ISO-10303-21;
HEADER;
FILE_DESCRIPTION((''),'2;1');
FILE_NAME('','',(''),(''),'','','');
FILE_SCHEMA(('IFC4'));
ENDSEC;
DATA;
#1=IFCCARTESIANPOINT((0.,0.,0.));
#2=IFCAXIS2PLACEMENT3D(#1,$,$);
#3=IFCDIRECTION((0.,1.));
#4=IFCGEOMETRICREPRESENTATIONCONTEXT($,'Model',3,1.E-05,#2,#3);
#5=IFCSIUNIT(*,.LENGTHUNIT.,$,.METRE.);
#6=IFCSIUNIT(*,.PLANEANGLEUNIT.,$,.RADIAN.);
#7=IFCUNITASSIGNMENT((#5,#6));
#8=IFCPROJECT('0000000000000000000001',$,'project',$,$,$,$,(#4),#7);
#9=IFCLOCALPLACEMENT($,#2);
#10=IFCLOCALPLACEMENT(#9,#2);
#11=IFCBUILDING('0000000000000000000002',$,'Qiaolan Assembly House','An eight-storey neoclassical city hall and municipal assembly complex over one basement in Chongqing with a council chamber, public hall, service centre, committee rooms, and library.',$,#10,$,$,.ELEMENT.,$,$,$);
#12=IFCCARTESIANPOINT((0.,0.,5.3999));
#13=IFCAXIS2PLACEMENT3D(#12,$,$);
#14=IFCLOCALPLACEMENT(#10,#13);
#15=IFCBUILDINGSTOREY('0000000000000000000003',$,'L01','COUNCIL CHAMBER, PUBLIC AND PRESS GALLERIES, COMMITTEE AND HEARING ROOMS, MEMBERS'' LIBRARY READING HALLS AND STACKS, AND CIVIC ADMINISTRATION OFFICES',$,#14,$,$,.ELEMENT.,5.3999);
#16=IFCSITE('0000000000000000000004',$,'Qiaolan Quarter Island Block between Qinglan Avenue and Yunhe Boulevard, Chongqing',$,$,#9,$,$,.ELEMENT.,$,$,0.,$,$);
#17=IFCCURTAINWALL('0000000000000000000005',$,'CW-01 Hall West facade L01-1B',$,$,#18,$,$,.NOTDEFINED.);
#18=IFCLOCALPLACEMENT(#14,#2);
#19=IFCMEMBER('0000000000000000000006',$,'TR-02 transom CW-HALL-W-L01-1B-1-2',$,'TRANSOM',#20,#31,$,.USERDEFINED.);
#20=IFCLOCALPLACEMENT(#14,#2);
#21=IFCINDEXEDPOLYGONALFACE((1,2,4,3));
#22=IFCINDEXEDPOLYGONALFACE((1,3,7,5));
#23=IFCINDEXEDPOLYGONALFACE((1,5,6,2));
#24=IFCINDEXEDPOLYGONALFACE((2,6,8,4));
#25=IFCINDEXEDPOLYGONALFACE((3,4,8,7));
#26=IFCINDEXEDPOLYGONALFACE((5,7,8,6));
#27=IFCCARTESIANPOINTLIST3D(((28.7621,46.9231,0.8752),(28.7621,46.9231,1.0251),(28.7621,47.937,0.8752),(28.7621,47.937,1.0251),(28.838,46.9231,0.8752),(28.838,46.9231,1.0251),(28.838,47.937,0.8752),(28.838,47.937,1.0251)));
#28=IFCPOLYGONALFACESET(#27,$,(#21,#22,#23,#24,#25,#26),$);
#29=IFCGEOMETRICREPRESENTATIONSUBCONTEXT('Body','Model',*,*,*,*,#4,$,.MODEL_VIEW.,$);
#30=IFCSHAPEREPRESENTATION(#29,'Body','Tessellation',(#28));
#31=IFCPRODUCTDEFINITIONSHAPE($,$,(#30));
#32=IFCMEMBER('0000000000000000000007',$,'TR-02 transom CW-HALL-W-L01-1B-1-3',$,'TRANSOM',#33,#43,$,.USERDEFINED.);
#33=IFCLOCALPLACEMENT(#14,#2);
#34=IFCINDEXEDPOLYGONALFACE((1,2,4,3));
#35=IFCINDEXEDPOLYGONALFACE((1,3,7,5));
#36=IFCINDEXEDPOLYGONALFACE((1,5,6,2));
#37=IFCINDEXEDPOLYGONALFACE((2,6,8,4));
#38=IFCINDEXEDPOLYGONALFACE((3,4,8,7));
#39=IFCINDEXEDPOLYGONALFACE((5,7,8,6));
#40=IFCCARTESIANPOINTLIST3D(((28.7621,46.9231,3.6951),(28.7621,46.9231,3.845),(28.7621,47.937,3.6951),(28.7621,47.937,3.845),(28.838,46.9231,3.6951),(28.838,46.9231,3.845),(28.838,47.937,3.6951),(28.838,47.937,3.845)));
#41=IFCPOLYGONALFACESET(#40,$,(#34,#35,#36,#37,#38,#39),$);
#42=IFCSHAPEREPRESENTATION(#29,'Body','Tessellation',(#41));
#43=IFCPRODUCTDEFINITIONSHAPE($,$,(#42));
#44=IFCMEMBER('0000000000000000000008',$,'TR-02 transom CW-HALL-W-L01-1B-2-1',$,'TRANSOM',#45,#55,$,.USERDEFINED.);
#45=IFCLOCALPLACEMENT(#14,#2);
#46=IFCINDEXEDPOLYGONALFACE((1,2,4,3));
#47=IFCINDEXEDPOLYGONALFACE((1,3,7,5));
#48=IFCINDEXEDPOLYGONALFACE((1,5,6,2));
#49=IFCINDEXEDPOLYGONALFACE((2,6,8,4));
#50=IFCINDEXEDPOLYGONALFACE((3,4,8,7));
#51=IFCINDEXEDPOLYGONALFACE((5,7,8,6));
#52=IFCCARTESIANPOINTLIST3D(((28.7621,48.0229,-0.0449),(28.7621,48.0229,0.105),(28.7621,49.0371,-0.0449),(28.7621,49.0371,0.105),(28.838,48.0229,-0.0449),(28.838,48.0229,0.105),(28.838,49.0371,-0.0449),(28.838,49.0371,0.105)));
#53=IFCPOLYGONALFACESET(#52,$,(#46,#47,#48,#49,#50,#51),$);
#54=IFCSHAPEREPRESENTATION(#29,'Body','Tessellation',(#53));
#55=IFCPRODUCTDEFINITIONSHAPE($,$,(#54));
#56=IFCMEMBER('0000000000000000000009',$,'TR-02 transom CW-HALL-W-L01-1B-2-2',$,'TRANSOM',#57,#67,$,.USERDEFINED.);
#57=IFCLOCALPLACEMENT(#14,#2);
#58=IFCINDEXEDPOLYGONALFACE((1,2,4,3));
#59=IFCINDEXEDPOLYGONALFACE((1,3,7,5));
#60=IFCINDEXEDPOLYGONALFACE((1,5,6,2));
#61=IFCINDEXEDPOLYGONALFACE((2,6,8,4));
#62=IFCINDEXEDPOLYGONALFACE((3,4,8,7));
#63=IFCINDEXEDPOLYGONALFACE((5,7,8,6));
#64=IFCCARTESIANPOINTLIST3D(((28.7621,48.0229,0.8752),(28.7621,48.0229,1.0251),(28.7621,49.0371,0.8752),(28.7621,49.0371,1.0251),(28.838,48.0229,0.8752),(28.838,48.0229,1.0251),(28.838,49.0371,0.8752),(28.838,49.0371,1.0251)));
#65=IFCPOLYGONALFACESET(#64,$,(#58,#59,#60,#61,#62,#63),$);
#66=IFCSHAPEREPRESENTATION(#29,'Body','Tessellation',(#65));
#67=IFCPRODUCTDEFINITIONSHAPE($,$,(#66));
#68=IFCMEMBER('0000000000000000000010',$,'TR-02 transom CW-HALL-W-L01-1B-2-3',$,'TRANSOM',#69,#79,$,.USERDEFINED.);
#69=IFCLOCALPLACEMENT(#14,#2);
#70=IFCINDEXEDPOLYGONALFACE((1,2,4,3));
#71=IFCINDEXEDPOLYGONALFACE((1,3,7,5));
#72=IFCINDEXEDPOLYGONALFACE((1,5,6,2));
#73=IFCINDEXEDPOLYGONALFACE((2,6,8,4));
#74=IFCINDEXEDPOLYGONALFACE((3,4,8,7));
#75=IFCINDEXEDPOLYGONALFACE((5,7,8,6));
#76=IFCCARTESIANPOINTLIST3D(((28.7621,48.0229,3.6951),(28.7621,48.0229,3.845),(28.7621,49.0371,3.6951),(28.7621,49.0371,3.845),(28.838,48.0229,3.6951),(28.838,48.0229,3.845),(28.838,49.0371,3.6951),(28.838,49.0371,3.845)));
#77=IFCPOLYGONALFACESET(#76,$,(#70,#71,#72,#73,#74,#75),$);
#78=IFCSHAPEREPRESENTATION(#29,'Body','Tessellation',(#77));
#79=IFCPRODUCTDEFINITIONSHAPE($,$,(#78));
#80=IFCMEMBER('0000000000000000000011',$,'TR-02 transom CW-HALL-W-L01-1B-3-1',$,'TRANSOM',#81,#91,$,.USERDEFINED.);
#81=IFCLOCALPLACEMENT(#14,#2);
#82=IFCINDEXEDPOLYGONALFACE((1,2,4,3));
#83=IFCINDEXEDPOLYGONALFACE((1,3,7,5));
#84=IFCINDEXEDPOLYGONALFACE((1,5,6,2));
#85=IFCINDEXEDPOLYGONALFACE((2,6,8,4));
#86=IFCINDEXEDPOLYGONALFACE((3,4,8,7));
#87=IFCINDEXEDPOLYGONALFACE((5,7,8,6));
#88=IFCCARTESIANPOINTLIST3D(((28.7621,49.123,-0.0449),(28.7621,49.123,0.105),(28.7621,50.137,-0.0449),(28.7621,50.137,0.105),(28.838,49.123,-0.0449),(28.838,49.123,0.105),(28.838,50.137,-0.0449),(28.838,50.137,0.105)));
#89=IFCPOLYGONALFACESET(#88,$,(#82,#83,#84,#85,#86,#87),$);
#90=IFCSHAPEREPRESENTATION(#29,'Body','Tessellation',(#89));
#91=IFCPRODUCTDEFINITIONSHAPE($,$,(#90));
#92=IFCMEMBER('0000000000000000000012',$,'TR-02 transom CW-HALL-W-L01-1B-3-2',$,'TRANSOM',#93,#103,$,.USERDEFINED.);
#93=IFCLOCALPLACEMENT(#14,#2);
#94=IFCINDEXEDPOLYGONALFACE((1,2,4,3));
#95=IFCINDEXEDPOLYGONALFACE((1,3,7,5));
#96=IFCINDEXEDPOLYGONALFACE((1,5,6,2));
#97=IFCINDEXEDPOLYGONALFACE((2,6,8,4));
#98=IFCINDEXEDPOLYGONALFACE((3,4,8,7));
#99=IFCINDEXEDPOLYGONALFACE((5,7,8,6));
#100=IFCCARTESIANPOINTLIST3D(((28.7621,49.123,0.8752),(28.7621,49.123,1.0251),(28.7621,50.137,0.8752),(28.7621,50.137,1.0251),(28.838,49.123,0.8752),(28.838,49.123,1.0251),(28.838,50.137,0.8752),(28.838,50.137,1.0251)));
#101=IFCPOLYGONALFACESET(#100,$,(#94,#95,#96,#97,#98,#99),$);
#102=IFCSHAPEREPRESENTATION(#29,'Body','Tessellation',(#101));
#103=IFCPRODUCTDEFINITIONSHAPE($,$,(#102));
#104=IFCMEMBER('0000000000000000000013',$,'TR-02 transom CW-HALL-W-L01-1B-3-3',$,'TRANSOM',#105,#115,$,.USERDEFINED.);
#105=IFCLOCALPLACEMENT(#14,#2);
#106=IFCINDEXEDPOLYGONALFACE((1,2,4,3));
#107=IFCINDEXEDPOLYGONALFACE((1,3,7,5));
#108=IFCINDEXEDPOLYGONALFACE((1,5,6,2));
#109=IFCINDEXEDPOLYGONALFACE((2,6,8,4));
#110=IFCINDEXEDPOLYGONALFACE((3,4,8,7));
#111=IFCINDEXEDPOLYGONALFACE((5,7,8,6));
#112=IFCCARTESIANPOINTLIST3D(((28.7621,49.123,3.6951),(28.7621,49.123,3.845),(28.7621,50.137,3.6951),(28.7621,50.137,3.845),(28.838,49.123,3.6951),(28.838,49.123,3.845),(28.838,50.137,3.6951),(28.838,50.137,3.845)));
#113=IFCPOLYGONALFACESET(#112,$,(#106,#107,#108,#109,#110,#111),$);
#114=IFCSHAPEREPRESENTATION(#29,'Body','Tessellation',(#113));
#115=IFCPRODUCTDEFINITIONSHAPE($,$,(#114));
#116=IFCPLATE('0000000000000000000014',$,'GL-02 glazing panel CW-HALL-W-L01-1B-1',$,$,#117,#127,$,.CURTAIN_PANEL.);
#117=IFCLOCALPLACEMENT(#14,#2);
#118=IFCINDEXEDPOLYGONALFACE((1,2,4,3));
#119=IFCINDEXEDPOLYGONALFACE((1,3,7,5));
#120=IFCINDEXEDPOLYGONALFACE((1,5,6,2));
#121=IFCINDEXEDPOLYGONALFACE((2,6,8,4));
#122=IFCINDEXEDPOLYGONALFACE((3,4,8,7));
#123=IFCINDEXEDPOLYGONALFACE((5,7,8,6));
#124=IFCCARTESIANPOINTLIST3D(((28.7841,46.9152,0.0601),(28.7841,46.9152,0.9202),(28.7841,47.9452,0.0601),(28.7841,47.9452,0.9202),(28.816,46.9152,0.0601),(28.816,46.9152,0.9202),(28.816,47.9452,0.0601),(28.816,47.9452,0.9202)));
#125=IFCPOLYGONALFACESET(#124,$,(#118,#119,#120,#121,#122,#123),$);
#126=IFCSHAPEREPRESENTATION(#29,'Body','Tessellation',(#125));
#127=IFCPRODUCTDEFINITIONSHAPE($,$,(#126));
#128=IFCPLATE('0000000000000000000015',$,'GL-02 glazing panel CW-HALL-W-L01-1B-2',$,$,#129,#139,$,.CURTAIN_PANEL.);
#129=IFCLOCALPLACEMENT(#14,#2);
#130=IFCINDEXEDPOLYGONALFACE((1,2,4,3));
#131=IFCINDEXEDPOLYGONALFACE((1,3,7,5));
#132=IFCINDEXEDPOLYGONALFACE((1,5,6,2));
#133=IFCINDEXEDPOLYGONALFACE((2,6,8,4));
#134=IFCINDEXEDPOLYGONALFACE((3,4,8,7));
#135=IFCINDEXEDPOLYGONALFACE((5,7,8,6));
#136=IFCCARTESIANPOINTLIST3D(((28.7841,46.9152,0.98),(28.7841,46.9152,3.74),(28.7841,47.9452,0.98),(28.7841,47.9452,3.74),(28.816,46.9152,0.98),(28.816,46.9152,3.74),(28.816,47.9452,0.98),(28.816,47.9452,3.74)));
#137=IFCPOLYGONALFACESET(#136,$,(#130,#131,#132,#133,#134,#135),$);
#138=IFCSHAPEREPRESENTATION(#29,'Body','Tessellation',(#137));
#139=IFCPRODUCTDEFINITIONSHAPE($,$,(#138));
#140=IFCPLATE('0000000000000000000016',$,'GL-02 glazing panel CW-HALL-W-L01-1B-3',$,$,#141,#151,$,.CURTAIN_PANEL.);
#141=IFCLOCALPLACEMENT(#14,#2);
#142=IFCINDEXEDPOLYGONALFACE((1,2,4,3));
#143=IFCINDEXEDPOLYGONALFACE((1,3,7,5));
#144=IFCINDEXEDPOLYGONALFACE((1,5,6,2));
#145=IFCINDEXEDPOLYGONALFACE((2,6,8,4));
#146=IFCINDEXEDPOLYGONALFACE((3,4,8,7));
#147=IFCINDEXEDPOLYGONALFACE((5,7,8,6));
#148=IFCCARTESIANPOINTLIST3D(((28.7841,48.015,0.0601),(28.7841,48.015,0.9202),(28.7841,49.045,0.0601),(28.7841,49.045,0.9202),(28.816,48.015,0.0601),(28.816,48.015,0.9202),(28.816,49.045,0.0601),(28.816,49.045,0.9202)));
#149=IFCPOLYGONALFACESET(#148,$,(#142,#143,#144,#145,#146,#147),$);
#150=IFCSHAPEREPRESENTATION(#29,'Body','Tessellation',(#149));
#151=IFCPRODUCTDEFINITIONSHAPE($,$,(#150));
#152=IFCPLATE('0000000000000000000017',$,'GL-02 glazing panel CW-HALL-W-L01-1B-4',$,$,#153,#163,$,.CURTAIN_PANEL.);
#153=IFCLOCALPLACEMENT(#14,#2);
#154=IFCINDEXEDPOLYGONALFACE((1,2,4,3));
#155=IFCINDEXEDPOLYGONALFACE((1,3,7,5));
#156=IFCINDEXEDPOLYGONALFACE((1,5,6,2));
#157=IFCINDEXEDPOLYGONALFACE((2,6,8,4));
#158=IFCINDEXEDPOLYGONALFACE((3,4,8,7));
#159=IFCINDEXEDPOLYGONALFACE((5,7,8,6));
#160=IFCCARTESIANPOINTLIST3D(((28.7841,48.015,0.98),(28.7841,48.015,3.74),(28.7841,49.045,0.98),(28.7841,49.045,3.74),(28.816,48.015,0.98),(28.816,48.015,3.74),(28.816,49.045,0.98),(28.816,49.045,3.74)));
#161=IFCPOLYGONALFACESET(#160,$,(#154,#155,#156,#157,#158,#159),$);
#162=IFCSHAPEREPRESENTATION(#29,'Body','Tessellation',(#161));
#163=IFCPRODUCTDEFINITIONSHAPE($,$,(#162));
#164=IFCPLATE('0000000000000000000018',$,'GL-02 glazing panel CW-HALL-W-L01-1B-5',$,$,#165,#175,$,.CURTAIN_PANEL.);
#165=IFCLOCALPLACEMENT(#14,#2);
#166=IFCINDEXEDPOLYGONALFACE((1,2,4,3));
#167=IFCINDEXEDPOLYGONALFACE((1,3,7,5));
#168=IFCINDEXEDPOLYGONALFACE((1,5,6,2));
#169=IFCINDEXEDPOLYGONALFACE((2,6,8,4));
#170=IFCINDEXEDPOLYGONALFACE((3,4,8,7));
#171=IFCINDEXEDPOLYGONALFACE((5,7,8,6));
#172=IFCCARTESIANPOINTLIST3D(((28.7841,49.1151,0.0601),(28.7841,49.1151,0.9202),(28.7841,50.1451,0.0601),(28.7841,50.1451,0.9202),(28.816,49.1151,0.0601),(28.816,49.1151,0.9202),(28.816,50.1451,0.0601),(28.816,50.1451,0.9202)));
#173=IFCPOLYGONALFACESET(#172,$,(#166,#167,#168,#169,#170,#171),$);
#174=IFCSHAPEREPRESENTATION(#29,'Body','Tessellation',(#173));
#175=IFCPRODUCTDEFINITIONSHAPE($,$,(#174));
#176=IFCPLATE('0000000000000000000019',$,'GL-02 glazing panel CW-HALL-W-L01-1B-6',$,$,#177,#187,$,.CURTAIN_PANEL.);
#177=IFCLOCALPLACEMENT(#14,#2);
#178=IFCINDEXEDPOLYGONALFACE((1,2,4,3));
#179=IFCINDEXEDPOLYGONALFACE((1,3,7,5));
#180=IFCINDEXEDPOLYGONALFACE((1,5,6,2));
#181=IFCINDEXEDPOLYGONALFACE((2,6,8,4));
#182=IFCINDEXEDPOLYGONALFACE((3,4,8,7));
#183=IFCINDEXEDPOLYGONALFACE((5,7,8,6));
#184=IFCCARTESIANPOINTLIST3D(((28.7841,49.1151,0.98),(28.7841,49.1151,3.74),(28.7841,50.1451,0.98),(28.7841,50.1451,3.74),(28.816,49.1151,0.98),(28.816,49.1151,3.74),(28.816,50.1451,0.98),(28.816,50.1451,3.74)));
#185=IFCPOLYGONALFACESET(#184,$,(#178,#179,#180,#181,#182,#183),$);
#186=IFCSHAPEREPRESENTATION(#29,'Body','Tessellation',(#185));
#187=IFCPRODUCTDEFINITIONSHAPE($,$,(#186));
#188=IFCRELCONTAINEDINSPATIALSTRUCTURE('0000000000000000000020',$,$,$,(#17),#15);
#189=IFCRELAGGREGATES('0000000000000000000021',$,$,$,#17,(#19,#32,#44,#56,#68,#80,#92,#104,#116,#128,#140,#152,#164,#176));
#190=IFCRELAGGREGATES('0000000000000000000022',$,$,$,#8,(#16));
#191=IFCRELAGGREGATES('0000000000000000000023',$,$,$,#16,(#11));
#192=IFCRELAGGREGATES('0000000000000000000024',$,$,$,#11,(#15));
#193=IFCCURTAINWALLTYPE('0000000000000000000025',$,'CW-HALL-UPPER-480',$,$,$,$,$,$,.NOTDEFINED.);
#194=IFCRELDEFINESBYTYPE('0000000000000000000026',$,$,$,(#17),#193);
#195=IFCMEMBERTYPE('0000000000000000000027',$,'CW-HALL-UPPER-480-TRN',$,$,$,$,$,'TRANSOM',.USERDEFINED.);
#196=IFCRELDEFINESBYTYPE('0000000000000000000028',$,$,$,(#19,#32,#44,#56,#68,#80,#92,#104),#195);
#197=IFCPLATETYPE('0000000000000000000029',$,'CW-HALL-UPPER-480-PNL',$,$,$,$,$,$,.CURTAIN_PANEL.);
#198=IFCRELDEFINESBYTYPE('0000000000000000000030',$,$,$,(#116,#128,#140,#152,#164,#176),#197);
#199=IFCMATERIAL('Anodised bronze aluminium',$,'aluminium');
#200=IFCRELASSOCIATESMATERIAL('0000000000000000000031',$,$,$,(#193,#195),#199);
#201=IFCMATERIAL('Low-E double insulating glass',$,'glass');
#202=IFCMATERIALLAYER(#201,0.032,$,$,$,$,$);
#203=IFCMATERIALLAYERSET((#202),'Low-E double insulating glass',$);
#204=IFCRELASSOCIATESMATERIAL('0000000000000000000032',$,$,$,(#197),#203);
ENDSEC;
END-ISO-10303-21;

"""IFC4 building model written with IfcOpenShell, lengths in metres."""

from ifc_helpers import new_model, si_unit, direction, frame, frame_2d, origin, origin_2d, place, context, subcontext, project, spatial, rectangle, extrude, material, layer, layer_set, material_profile, profile_set, type_object, element, aggregate, save


model = new_model("IFC4")

# Units and contexts
model_context = context("Model", 3, precision=1e-05, world=origin(), true_north=direction((0.0, 1.0)))
body_context = subcontext(model_context, "Body", "Model", "MODEL_VIEW")
ifc_project = project(units=[si_unit("LENGTHUNIT", "METRE"), si_unit("PLANEANGLEUNIT", "RADIAN")], contexts=[model_context])

# Site, building, storey
site_placement = place(None, origin())
site = spatial("IfcSite", under=ifc_project, at=site_placement, Name="Qiaolan Quarter Island Block between Qinglan Avenue and Yunhe Boulevard, Chongqing", CompositionType="ELEMENT", RefElevation=0.0)
building_placement = place(site_placement, origin())
building = spatial("IfcBuilding", under=site, at=building_placement, Name="Qiaolan Assembly House", Description="An eight-storey neoclassical city hall and municipal assembly complex over one basement in Chongqing with a council chamber, public hall, service centre, committee rooms, and library.", CompositionType="ELEMENT")
storey_placement = place(building_placement, frame((0.0, 0.0, 5.3999)))
storey = spatial("IfcBuildingStorey", under=building, at=storey_placement, Name="L01", Description="COUNCIL CHAMBER, PUBLIC AND PRESS GALLERIES, COMMITTEE AND HEARING ROOMS, MEMBERS' LIBRARY READING HALLS AND STACKS, AND CIVIC ADMINISTRATION OFFICES", CompositionType="ELEMENT", Elevation=5.3999)

# Shared definitions
ifc_material_1 = material(Name="Anodised bronze aluminium", Category="aluminium")
curtain_wall_type = type_object("IfcCurtainWallType", Name="CW-HALL-UPPER-480", PredefinedType="NOTDEFINED", material=ifc_material_1)

# Curtain wall
curtain_wall_1_placement = place(storey_placement, origin())
curtain_wall_1 = element("IfcCurtainWall", 1, at=curtain_wall_1_placement, inside=storey, type_object=curtain_wall_type, Name="CW-01 Hall West facade L01-1B", PredefinedType="NOTDEFINED")

# Members
ifc_material_profile_1 = material_profile(ifc_material_1, rectangle(XDim=0.0759, YDim=0.1499, at=origin_2d()), Name="TRN 76x150")
ifc_profile_set_1 = profile_set([ifc_material_profile_1], Name="Anodised bronze aluminium")
member_type_1 = type_object("IfcMemberType", Name="CW-HALL-UPPER-480-TRN", ElementType="TRANSOM", PredefinedType="USERDEFINED", material=ifc_profile_set_1)
member_1_placement = place(storey_placement, frame((28.8, 46.9231, 0.9502), z_axis=(0.0, 1.0, 0.0), x_axis=(-1.0, 0.0, 0.0)))
member_1 = element("IfcMember", 2, at=member_1_placement, type_object=member_type_1, Name="TR-02 transom CW-HALL-W-L01-1B-1-2", ObjectType="TRANSOM", PredefinedType="USERDEFINED", context=body_context, shape_type="SweptSolid", body=[
    extrude(rectangle(XDim=0.0759, YDim=0.1499, at=origin_2d()), origin(), (0.0, 0.0, 1.0), 1.0139),
])
member_2_placement = place(storey_placement, frame((28.8, 46.9231, 3.77), z_axis=(0.0, 1.0, 0.0), x_axis=(-1.0, 0.0, 0.0)))
member_2 = element("IfcMember", 3, at=member_2_placement, type_object=member_type_1, Name="TR-02 transom CW-HALL-W-L01-1B-1-3", ObjectType="TRANSOM", PredefinedType="USERDEFINED", context=body_context, shape_type="SweptSolid", body=[
    extrude(rectangle(XDim=0.0759, YDim=0.1499, at=origin_2d()), origin(), (0.0, 0.0, 1.0), 1.0139),
])
member_3_placement = place(storey_placement, frame((28.8, 48.0229, 0.03), z_axis=(0.0, 1.0, 0.0), x_axis=(-1.0, 0.0, 0.0)))
member_3 = element("IfcMember", 4, at=member_3_placement, type_object=member_type_1, Name="TR-02 transom CW-HALL-W-L01-1B-2-1", ObjectType="TRANSOM", PredefinedType="USERDEFINED", context=body_context, shape_type="SweptSolid", body=[
    extrude(rectangle(XDim=0.0759, YDim=0.1499, at=origin_2d()), origin(), (0.0, 0.0, 1.0), 1.0142),
])
member_4_placement = place(storey_placement, frame((28.8, 48.0229, 0.9502), z_axis=(0.0, 1.0, 0.0), x_axis=(-1.0, 0.0, 0.0)))
member_4 = element("IfcMember", 5, at=member_4_placement, type_object=member_type_1, Name="TR-02 transom CW-HALL-W-L01-1B-2-2", ObjectType="TRANSOM", PredefinedType="USERDEFINED", context=body_context, shape_type="SweptSolid", body=[
    extrude(rectangle(XDim=0.0759, YDim=0.1499, at=origin_2d()), origin(), (0.0, 0.0, 1.0), 1.0142),
])
member_5_placement = place(storey_placement, frame((28.8, 48.0229, 3.77), z_axis=(0.0, 1.0, 0.0), x_axis=(-1.0, 0.0, 0.0)))
member_5 = element("IfcMember", 6, at=member_5_placement, type_object=member_type_1, Name="TR-02 transom CW-HALL-W-L01-1B-2-3", ObjectType="TRANSOM", PredefinedType="USERDEFINED", context=body_context, shape_type="SweptSolid", body=[
    extrude(rectangle(XDim=0.0759, YDim=0.1499, at=origin_2d()), origin(), (0.0, 0.0, 1.0), 1.0142),
])
member_6_placement = place(storey_placement, frame((28.8, 49.123, 0.03), z_axis=(0.0, 1.0, 0.0), x_axis=(-1.0, 0.0, 0.0)))
member_6 = element("IfcMember", 7, at=member_6_placement, type_object=member_type_1, Name="TR-02 transom CW-HALL-W-L01-1B-3-1", ObjectType="TRANSOM", PredefinedType="USERDEFINED", context=body_context, shape_type="SweptSolid", body=[
    extrude(rectangle(XDim=0.0759, YDim=0.1499, at=origin_2d()), origin(), (0.0, 0.0, 1.0), 1.0139),
])
member_7_placement = place(storey_placement, frame((28.8, 49.123, 0.9502), z_axis=(0.0, 1.0, 0.0), x_axis=(-1.0, 0.0, 0.0)))
member_7 = element("IfcMember", 8, at=member_7_placement, type_object=member_type_1, Name="TR-02 transom CW-HALL-W-L01-1B-3-2", ObjectType="TRANSOM", PredefinedType="USERDEFINED", context=body_context, shape_type="SweptSolid", body=[
    extrude(rectangle(XDim=0.0759, YDim=0.1499, at=origin_2d()), origin(), (0.0, 0.0, 1.0), 1.0139),
])
member_8_placement = place(storey_placement, frame((28.8, 49.123, 3.77), z_axis=(0.0, 1.0, 0.0), x_axis=(-1.0, 0.0, 0.0)))
member_8 = element("IfcMember", 9, at=member_8_placement, type_object=member_type_1, Name="TR-02 transom CW-HALL-W-L01-1B-3-3", ObjectType="TRANSOM", PredefinedType="USERDEFINED", context=body_context, shape_type="SweptSolid", body=[
    extrude(rectangle(XDim=0.0759, YDim=0.1499, at=origin_2d()), origin(), (0.0, 0.0, 1.0), 1.0139),
])

# Plates
ifc_material_2 = material(Name="Low-E double insulating glass", Category="glass")
ifc_layer_1 = layer(ifc_material_2, 0.032)
ifc_layer_set_1 = layer_set([ifc_layer_1], Name="Low-E double insulating glass")
plate_type = type_object("IfcPlateType", Name="CW-HALL-UPPER-480-PNL", PredefinedType="CURTAIN_PANEL", material=ifc_layer_set_1)
plate_1_placement = place(storey_placement, frame((28.8, 46.915, 0.0601), z_axis=(0.0, 0.0, 1.0), x_axis=(0.0, 1.0, 0.0)))
plate_1 = element("IfcPlate", 10, at=plate_1_placement, type_object=plate_type, Name="GL-02 glazing panel CW-HALL-W-L01-1B-1", PredefinedType="CURTAIN_PANEL", context=body_context, shape_type="SweptSolid", body=[
    extrude(rectangle(XDim=1.03, YDim=0.032, at=frame_2d((0.5151, 0.0))), origin(), (0.0, 0.0, 1.0), 0.8601),
])
plate_2_placement = place(storey_placement, frame((28.8, 46.915, 0.98), z_axis=(0.0, 0.0, 1.0), x_axis=(0.0, 1.0, 0.0)))
plate_2 = element("IfcPlate", 11, at=plate_2_placement, type_object=plate_type, Name="GL-02 glazing panel CW-HALL-W-L01-1B-2", PredefinedType="CURTAIN_PANEL", context=body_context, shape_type="SweptSolid", body=[
    extrude(rectangle(XDim=1.03, YDim=0.032, at=frame_2d((0.5151, 0.0))), origin(), (0.0, 0.0, 1.0), 2.76),
])
plate_3_placement = place(storey_placement, frame((28.8, 48.0149, 0.0601), z_axis=(0.0, 0.0, 1.0), x_axis=(0.0, 1.0, 0.0)))
plate_3 = element("IfcPlate", 12, at=plate_3_placement, type_object=plate_type, Name="GL-02 glazing panel CW-HALL-W-L01-1B-3", PredefinedType="CURTAIN_PANEL", context=body_context, shape_type="SweptSolid", body=[
    extrude(rectangle(XDim=1.03, YDim=0.032, at=frame_2d((0.5151, 0.0))), origin(), (0.0, 0.0, 1.0), 0.8601),
])
plate_4_placement = place(storey_placement, frame((28.8, 48.0149, 0.98), z_axis=(0.0, 0.0, 1.0), x_axis=(0.0, 1.0, 0.0)))
plate_4 = element("IfcPlate", 13, at=plate_4_placement, type_object=plate_type, Name="GL-02 glazing panel CW-HALL-W-L01-1B-4", PredefinedType="CURTAIN_PANEL", context=body_context, shape_type="SweptSolid", body=[
    extrude(rectangle(XDim=1.03, YDim=0.032, at=frame_2d((0.5151, 0.0))), origin(), (0.0, 0.0, 1.0), 2.76),
])
plate_5_placement = place(storey_placement, frame((28.8, 49.115, 0.0601), z_axis=(0.0, 0.0, 1.0), x_axis=(0.0, 1.0, 0.0)))
plate_5 = element("IfcPlate", 14, at=plate_5_placement, type_object=plate_type, Name="GL-02 glazing panel CW-HALL-W-L01-1B-5", PredefinedType="CURTAIN_PANEL", context=body_context, shape_type="SweptSolid", body=[
    extrude(rectangle(XDim=1.03, YDim=0.032, at=frame_2d((0.5151, 0.0))), origin(), (0.0, 0.0, 1.0), 0.8601),
])
plate_6_placement = place(storey_placement, frame((28.8, 49.115, 0.98), z_axis=(0.0, 0.0, 1.0), x_axis=(0.0, 1.0, 0.0)))
plate_6 = element("IfcPlate", 15, at=plate_6_placement, type_object=plate_type, Name="GL-02 glazing panel CW-HALL-W-L01-1B-6", PredefinedType="CURTAIN_PANEL", context=body_context, shape_type="SweptSolid", body=[
    extrude(rectangle(XDim=1.03, YDim=0.032, at=frame_2d((0.5151, 0.0))), origin(), (0.0, 0.0, 1.0), 2.76),
])
aggregate(curtain_wall_1, [member_1, member_2, member_3, member_4, member_5, member_6, member_7, member_8, plate_1, plate_2, plate_3, plate_4, plate_5, plate_6])

save(model, "model.ifc")
